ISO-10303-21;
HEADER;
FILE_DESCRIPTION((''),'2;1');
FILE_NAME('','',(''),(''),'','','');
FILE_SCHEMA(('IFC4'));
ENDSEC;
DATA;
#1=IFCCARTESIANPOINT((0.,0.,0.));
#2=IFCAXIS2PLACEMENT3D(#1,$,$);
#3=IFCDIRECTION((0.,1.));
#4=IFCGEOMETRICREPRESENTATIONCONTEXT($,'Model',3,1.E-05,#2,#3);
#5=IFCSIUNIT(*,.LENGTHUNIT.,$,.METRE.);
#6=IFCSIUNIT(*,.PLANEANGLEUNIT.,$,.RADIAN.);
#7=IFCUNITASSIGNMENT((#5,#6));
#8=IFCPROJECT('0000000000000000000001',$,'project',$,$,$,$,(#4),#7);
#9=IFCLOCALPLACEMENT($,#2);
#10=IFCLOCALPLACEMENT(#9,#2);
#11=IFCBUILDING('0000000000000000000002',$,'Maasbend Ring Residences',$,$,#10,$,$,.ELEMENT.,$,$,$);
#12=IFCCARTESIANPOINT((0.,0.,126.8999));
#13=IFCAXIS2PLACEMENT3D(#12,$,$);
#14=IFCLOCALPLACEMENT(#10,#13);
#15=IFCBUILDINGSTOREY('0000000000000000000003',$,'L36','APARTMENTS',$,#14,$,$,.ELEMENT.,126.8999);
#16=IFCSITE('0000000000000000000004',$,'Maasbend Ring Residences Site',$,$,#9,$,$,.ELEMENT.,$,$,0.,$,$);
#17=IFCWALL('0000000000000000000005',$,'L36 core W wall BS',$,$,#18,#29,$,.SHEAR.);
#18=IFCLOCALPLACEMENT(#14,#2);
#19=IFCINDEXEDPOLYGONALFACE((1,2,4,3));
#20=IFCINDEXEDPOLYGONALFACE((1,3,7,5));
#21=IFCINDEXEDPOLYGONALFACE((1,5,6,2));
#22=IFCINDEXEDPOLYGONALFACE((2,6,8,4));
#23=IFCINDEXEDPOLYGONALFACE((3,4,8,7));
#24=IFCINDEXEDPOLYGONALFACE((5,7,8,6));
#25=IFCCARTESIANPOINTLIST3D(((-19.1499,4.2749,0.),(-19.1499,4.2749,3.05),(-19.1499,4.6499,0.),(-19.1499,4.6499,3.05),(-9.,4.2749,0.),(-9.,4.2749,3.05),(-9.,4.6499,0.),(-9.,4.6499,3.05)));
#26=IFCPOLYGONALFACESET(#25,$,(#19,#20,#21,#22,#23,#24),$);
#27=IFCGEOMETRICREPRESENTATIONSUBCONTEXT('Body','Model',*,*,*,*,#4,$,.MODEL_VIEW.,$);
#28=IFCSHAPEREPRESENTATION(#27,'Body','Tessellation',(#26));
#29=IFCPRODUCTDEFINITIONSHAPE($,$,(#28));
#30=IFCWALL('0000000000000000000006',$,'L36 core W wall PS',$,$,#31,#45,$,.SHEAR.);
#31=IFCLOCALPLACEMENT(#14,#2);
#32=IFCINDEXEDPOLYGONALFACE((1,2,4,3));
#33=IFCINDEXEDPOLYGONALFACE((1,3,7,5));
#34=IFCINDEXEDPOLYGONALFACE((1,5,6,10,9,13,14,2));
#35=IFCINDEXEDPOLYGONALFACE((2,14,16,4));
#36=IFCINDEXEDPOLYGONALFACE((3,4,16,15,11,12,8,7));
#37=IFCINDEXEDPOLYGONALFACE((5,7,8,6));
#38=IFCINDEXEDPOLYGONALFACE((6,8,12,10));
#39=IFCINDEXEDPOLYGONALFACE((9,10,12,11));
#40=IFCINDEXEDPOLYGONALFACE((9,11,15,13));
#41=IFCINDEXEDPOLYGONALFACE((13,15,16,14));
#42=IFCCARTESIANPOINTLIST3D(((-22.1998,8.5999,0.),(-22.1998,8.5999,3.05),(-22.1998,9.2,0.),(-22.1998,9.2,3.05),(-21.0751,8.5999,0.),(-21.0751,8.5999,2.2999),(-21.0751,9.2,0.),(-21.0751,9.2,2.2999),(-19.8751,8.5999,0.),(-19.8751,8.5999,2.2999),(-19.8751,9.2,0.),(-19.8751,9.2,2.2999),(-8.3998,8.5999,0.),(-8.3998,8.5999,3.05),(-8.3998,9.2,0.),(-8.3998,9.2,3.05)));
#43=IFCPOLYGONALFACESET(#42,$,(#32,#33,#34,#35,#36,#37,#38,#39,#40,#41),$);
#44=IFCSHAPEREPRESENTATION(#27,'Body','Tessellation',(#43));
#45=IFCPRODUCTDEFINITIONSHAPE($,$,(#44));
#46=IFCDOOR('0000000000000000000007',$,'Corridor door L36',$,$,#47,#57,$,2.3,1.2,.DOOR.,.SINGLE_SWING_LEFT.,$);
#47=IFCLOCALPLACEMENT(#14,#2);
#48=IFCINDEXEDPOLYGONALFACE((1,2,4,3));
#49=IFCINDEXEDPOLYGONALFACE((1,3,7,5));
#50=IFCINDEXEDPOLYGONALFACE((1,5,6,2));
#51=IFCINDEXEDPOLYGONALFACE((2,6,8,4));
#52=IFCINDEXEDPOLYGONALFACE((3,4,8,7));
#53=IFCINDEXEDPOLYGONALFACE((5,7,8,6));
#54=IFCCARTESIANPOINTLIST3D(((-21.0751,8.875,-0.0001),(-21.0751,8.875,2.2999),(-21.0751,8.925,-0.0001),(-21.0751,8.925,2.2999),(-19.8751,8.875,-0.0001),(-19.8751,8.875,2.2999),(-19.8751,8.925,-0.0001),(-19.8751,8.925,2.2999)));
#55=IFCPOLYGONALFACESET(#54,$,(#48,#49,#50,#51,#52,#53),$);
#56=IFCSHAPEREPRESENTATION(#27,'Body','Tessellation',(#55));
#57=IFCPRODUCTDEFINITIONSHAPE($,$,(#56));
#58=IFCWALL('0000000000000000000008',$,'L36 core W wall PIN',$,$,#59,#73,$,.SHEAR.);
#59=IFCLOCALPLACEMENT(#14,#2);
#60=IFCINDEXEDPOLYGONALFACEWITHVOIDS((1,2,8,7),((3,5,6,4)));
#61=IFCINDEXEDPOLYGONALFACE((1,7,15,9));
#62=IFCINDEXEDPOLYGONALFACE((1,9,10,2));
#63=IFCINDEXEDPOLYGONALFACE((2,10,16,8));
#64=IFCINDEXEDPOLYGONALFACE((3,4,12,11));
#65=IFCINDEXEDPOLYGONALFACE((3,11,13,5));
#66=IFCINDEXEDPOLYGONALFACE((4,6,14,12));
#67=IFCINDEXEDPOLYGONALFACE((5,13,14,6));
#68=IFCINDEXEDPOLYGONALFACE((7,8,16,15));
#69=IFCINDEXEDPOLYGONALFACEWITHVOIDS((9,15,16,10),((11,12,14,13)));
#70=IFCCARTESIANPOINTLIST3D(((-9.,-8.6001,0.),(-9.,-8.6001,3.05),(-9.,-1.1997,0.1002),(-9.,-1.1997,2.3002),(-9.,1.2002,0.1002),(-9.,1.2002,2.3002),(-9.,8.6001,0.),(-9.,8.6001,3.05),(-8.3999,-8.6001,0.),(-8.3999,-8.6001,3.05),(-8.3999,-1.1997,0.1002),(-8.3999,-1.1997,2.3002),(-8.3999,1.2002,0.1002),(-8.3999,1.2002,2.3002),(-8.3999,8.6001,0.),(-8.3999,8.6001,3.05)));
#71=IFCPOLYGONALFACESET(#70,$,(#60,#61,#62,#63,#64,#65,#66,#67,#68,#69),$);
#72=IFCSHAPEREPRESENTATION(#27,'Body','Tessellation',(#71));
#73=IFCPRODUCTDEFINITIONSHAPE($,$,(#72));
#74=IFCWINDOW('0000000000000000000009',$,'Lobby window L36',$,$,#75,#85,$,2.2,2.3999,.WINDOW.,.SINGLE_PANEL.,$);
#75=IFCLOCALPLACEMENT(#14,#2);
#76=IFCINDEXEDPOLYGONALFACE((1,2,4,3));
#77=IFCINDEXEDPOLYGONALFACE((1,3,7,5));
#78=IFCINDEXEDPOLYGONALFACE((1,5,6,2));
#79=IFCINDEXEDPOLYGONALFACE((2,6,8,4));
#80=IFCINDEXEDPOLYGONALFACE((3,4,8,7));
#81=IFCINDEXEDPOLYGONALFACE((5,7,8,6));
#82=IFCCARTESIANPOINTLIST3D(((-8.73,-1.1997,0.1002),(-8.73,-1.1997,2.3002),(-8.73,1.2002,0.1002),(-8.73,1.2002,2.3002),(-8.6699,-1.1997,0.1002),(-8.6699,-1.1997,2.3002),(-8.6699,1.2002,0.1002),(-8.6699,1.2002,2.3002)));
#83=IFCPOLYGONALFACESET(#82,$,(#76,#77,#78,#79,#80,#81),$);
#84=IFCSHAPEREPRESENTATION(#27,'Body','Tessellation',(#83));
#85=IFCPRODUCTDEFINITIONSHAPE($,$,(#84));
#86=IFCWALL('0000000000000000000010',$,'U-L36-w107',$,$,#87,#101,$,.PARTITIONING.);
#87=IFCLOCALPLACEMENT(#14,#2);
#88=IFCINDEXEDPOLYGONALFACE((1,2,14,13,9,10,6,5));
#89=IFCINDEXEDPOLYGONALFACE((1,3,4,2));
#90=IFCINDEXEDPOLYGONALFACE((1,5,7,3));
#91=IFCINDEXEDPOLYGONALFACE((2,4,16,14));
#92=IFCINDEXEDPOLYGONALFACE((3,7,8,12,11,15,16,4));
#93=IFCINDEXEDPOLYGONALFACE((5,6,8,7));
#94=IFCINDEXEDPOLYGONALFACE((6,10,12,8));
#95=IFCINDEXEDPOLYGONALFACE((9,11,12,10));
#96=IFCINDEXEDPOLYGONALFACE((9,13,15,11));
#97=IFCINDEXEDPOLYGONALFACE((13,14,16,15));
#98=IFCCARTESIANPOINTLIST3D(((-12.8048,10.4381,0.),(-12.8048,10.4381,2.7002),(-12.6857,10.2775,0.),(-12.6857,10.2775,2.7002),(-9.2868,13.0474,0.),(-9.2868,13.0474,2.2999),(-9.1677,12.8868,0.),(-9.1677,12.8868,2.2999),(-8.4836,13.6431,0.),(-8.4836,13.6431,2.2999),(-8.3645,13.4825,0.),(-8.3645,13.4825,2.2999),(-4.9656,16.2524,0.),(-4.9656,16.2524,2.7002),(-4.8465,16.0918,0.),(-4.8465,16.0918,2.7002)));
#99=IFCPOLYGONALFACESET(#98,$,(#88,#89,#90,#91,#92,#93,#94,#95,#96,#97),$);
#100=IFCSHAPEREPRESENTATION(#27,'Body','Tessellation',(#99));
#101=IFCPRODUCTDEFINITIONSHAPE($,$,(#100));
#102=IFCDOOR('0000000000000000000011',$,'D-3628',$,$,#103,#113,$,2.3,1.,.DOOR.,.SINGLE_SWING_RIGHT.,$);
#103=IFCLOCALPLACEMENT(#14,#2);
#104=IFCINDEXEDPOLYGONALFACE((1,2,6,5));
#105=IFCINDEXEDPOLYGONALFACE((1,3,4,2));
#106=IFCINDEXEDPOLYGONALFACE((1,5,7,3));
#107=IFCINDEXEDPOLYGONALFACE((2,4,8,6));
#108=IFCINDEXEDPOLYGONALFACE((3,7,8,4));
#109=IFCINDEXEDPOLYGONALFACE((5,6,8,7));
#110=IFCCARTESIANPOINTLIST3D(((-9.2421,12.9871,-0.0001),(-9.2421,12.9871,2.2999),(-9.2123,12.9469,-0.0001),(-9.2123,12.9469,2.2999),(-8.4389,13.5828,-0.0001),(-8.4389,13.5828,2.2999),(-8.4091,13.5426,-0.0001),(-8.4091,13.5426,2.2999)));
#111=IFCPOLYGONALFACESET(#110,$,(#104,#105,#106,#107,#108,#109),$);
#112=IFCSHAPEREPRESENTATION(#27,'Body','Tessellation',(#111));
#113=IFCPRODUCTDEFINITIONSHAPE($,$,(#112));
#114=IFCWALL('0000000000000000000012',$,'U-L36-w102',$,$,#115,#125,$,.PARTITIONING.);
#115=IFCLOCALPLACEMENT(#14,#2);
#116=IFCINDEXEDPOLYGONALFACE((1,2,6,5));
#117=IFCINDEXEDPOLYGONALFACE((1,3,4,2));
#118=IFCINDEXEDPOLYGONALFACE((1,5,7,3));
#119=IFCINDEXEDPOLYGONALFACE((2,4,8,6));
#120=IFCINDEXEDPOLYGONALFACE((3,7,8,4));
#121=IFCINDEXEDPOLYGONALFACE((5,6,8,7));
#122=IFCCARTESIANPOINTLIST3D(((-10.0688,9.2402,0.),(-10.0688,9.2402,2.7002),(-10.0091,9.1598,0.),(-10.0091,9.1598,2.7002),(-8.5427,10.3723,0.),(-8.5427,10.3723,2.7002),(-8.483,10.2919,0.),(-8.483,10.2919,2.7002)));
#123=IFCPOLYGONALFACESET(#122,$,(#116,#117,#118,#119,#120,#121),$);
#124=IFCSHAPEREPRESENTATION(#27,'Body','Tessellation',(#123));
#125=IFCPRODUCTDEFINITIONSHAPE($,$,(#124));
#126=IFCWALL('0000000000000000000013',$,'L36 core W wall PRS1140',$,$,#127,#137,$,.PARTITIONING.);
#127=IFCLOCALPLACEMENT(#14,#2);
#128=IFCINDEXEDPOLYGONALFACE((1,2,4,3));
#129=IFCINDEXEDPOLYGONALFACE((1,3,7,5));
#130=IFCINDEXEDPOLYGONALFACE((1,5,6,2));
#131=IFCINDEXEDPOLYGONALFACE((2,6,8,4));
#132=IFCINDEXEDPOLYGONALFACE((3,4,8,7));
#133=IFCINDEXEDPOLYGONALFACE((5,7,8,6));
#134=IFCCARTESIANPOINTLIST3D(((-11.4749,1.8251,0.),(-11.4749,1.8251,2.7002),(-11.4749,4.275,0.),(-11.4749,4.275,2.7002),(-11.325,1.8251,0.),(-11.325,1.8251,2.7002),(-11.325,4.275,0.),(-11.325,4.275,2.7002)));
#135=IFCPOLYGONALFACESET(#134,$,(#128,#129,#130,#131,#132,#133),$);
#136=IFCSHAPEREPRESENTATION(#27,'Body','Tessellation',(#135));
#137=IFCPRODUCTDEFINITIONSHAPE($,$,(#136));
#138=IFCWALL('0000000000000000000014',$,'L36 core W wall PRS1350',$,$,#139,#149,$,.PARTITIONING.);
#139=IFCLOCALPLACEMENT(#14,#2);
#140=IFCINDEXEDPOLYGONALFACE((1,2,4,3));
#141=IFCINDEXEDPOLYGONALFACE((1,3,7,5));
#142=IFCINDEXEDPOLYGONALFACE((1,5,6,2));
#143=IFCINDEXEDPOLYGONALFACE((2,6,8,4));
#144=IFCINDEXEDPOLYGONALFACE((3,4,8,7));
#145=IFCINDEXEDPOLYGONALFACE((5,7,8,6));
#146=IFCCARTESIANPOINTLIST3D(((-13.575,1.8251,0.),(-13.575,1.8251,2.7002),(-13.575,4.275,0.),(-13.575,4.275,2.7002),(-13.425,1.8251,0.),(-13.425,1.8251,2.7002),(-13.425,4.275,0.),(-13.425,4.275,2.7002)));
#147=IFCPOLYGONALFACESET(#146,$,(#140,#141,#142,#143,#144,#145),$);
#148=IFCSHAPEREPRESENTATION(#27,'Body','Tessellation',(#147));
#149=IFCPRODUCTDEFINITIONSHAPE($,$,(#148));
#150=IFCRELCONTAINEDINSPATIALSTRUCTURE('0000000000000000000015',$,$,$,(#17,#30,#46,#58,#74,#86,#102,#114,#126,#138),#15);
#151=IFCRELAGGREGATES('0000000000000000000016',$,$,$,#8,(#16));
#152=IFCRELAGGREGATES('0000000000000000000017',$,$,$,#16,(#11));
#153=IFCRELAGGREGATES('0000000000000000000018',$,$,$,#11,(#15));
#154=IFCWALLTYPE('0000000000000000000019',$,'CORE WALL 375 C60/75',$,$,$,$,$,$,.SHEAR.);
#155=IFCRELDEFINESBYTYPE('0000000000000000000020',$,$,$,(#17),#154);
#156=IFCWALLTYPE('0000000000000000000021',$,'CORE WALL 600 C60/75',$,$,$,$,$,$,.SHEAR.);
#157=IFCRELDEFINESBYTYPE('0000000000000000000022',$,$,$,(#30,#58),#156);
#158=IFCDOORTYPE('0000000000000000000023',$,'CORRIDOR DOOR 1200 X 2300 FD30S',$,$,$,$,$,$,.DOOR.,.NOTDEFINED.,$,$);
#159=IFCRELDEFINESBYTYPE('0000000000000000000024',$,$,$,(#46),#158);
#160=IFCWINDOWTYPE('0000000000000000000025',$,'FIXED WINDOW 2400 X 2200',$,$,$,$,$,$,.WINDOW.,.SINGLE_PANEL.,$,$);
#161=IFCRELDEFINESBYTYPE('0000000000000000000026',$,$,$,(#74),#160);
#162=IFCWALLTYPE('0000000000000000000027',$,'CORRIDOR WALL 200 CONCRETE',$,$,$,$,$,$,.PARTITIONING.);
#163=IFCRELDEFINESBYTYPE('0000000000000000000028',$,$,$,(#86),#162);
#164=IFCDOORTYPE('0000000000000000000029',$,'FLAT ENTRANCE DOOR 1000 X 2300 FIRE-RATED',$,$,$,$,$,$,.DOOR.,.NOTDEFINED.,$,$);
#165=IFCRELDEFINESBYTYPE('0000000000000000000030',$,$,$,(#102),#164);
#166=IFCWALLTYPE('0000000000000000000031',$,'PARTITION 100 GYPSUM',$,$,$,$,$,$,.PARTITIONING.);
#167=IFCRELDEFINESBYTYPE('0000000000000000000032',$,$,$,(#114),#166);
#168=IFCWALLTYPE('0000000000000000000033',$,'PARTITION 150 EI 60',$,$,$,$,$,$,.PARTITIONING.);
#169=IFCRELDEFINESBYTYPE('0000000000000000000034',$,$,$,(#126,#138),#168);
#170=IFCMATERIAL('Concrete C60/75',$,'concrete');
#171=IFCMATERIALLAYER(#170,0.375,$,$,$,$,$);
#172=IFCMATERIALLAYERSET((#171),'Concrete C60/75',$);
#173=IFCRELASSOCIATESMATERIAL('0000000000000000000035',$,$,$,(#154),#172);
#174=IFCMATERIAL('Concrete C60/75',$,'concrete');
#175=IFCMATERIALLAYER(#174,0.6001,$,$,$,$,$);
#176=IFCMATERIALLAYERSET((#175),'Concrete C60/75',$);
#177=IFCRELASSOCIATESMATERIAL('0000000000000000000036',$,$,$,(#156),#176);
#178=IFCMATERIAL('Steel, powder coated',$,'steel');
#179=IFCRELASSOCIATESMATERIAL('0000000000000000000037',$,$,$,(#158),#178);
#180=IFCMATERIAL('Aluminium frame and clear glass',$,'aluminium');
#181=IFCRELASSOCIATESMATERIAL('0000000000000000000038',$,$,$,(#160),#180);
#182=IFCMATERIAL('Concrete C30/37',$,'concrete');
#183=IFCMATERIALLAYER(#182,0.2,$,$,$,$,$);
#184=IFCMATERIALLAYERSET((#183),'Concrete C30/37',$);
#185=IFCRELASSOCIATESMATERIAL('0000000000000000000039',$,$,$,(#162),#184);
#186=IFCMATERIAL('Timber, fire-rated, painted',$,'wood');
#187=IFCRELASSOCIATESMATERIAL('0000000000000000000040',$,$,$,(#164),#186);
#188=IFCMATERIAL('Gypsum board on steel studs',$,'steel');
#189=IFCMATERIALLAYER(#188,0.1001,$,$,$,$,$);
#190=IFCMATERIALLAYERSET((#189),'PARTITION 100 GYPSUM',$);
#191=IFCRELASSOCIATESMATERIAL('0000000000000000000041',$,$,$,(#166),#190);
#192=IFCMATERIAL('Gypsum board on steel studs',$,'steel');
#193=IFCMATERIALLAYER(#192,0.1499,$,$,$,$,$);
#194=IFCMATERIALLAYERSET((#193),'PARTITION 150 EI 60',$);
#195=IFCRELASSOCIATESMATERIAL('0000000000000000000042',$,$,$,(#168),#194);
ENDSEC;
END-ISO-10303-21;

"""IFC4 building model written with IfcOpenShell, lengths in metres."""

from ifc_helpers import new_model, si_unit, direction, frame, frame_2d, origin, place, context, subcontext, project, spatial, rectangle, extrude, material, layer, layer_set, type_object, element, fill, save


model = new_model("IFC4")

# Units and contexts
model_context = context("Model", 3, precision=1e-05, world=origin(), true_north=direction((0.0, 1.0)))
body_context = subcontext(model_context, "Body", "Model", "MODEL_VIEW")
ifc_project = project(units=[si_unit("LENGTHUNIT", "METRE"), si_unit("PLANEANGLEUNIT", "RADIAN")], contexts=[model_context])

# Site, building, storey
site_placement = place(None, origin())
site = spatial("IfcSite", under=ifc_project, at=site_placement, Name="Maasbend Ring Residences Site", CompositionType="ELEMENT", RefElevation=0.0)
building_placement = place(site_placement, origin())
building = spatial("IfcBuilding", under=site, at=building_placement, Name="Maasbend Ring Residences", CompositionType="ELEMENT")
storey_placement = place(building_placement, frame((0.0, 0.0, 126.8999)))
storey = spatial("IfcBuildingStorey", under=building, at=storey_placement, Name="L36", Description="APARTMENTS", CompositionType="ELEMENT", Elevation=126.8999)

# Wall
ifc_material_1 = material(Name="Concrete C60/75", Category="concrete")
ifc_layer_1 = layer(ifc_material_1, 0.375)
ifc_layer_set_1 = layer_set([ifc_layer_1], Name="Concrete C60/75")
wall_type_1 = type_object("IfcWallType", Name="CORE WALL 375 C60/75", PredefinedType="SHEAR", material=ifc_layer_set_1)
wall_1_placement = place(storey_placement, frame((-9.0, 4.4624, 0.0), z_axis=(0.0, 0.0, 1.0), x_axis=(-1.0, 0.0, 0.0)))
element("IfcWall", 1, at=wall_1_placement, inside=storey, type_object=wall_type_1, Name="L36 core W wall BS", PredefinedType="SHEAR", context=body_context, shape_type="SweptSolid", body=[
    extrude(rectangle(XDim=10.1499, YDim=0.375, at=frame_2d((5.075, 0.0))), origin(), (0.0, 0.0, 1.0), 3.05),
])

# Wall, opening, door
ifc_material_2 = material(Name="Concrete C60/75", Category="concrete")
ifc_layer_2 = layer(ifc_material_2, 0.6001)
ifc_layer_set_2 = layer_set([ifc_layer_2], Name="Concrete C60/75")
wall_type_2 = type_object("IfcWallType", Name="CORE WALL 600 C60/75", PredefinedType="SHEAR", material=ifc_layer_set_2)
wall_2_placement = place(storey_placement, frame((-8.3999, 8.8999, 0.0), z_axis=(0.0, 0.0, 1.0), x_axis=(-1.0, 0.0, 0.0)))
wall_2 = element("IfcWall", 2, at=wall_2_placement, inside=storey, type_object=wall_type_2, Name="L36 core W wall PS", PredefinedType="SHEAR", context=body_context, shape_type="SweptSolid", body=[
    extrude(rectangle(XDim=13.8, YDim=0.6001, at=frame_2d((6.8999, 0.0))), origin(), (0.0, 0.0, 1.0), 3.05),
])
opening_1_placement = place(wall_2_placement, frame((11.4751, 0.0, 0.0)))
opening_1 = element("IfcOpeningElement", 3, at=opening_1_placement, cuts=wall_2, PredefinedType="OPENING", context=body_context, shape_type="SweptSolid", body=[
    extrude(rectangle(XDim=1.2, YDim=2.3, at=frame_2d((0.6001, 1.1499))), frame((0.0, 0.3101, 0.0), z_axis=(0.0, -1.0, 0.0), x_axis=(1.0, 0.0, 0.0)), (0.0, 0.0, 1.0), 0.6201),
])
ifc_material_3 = material(Name="Steel, powder coated", Category="steel")
door_type_1 = type_object("IfcDoorType", Name="CORRIDOR DOOR 1200 X 2300 FD30S", OperationType="NOTDEFINED", PredefinedType="DOOR", material=ifc_material_3)
door_1_placement = place(opening_1_placement, origin())
door_1 = element("IfcDoor", 4, at=door_1_placement, inside=storey, type_object=door_type_1, Name="Corridor door L36", OperationType="SINGLE_SWING_LEFT", OverallHeight=2.3, OverallWidth=1.2, PredefinedType="DOOR", context=body_context, shape_type="SweptSolid", body=[
    extrude(rectangle(XDim=1.2, YDim=2.3, at=frame_2d((0.6001, 1.1499))), frame((0.0, 0.0249, 0.0), z_axis=(0.0, -1.0, 0.0), x_axis=(1.0, 0.0, 0.0)), (0.0, 0.0, 1.0), 0.05),
])
fill(opening_1, door_1)

# Wall, opening, window
wall_3_placement = place(storey_placement, frame((-8.7, 8.6001, 0.0), z_axis=(0.0, 0.0, 1.0), x_axis=(0.0, -1.0, 0.0)))
wall_3 = element("IfcWall", 5, at=wall_3_placement, inside=storey, type_object=wall_type_2, Name="L36 core W wall PIN", PredefinedType="SHEAR", context=body_context, shape_type="SweptSolid", body=[
    extrude(rectangle(XDim=17.2002, YDim=0.6001, at=frame_2d((8.6001, 0.0))), origin(), (0.0, 0.0, 1.0), 3.05),
])
opening_2_placement = place(wall_3_placement, frame((7.3999, 0.0, 0.1001)))
opening_2 = element("IfcOpeningElement", 6, at=opening_2_placement, cuts=wall_3, PredefinedType="OPENING", context=body_context, shape_type="SweptSolid", body=[
    extrude(rectangle(XDim=2.3999, YDim=2.2, at=frame_2d((1.2, 1.1001))), frame((0.0, 0.3101, 0.0), z_axis=(0.0, -1.0, 0.0), x_axis=(1.0, 0.0, 0.0)), (0.0, 0.0, 1.0), 0.6201),
])
ifc_material_4 = material(Name="Aluminium frame and clear glass", Category="aluminium")
window_type = type_object("IfcWindowType", Name="FIXED WINDOW 2400 X 2200", PartitioningType="SINGLE_PANEL", PredefinedType="WINDOW", material=ifc_material_4)
window_placement = place(opening_2_placement, origin())
window = element("IfcWindow", 7, at=window_placement, inside=storey, type_object=window_type, Name="Lobby window L36", OverallHeight=2.2, OverallWidth=2.3999, PartitioningType="SINGLE_PANEL", PredefinedType="WINDOW", context=body_context, shape_type="SweptSolid", body=[
    extrude(rectangle(XDim=2.3999, YDim=2.2, at=frame_2d((1.2, 1.1001))), frame((0.0, 0.03, 0.0), z_axis=(0.0, -1.0, 0.0), x_axis=(1.0, 0.0, 0.0)), (0.0, 0.0, 1.0), 0.0601),
])
fill(opening_2, window)

# Wall, opening, door
ifc_material_5 = material(Name="Concrete C30/37", Category="concrete")
ifc_layer_3 = layer(ifc_material_5, 0.2)
ifc_layer_set_3 = layer_set([ifc_layer_3], Name="Concrete C30/37")
wall_type_3 = type_object("IfcWallType", Name="CORRIDOR WALL 200 CONCRETE", PredefinedType="PARTITIONING", material=ifc_layer_set_3)
wall_4_placement = place(storey_placement, frame((-12.7451, 10.3579, 0.0), z_axis=(0.0, 0.0, 1.0), x_axis=(0.803191, 0.595721, 0.0)))
wall_4 = element("IfcWall", 8, at=wall_4_placement, inside=storey, type_object=wall_type_3, Name="U-L36-w107", PredefinedType="PARTITIONING", context=body_context, shape_type="SweptSolid", body=[
    extrude(rectangle(XDim=9.76, YDim=0.2, at=frame_2d((4.8799, 0.0))), origin(), (0.0, 0.0, 1.0), 2.7002),
])
opening_3_placement = place(wall_4_placement, frame((4.3799, 0.0, 0.0)))
opening_3 = element("IfcOpeningElement", 9, at=opening_3_placement, cuts=wall_4, PredefinedType="OPENING", context=body_context, shape_type="SweptSolid", body=[
    extrude(rectangle(XDim=1.0, YDim=2.3, at=frame_2d((0.5, 1.1499))), frame((0.0, 0.1099, 0.0), z_axis=(0.0, -1.0, 0.0), x_axis=(1.0, 0.0, 0.0)), (0.0, 0.0, 1.0), 0.22),
])
ifc_material_6 = material(Name="Timber, fire-rated, painted", Category="wood")
door_type_2 = type_object("IfcDoorType", Name="FLAT ENTRANCE DOOR 1000 X 2300 FIRE-RATED", OperationType="NOTDEFINED", PredefinedType="DOOR", material=ifc_material_6)
door_2_placement = place(opening_3_placement, origin())
door_2 = element("IfcDoor", 10, at=door_2_placement, inside=storey, type_object=door_type_2, Name="D-3628", OperationType="SINGLE_SWING_RIGHT", OverallHeight=2.3, OverallWidth=1.0, PredefinedType="DOOR", context=body_context, shape_type="SweptSolid", body=[
    extrude(rectangle(XDim=1.0, YDim=2.3, at=frame_2d((0.5, 1.1499))), frame((0.0, 0.0249, 0.0), z_axis=(0.0, -1.0, 0.0), x_axis=(1.0, 0.0, 0.0)), (0.0, 0.0, 1.0), 0.05),
])
fill(opening_3, door_2)

# Walls
ifc_material_7 = material(Name="Gypsum board on steel studs", Category="steel")
ifc_layer_4 = layer(ifc_material_7, 0.1001)
ifc_layer_set_4 = layer_set([ifc_layer_4], Name="PARTITION 100 GYPSUM")
wall_type_4 = type_object("IfcWallType", Name="PARTITION 100 GYPSUM", PredefinedType="PARTITIONING", material=ifc_layer_set_4)
wall_5_placement = place(storey_placement, frame((-10.0391, 9.2, 0.0), z_axis=(0.0, 0.0, 1.0), x_axis=(0.80315, 0.595777, 0.0)))
element("IfcWall", 11, at=wall_5_placement, inside=storey, type_object=wall_type_4, Name="U-L36-w102", PredefinedType="PARTITIONING", context=body_context, shape_type="SweptSolid", body=[
    extrude(rectangle(XDim=1.9001, YDim=0.1001, at=frame_2d((0.9502, 0.0))), origin(), (0.0, 0.0, 1.0), 2.7002),
])
ifc_material_8 = material(Name="Gypsum board on steel studs", Category="steel")
ifc_layer_5 = layer(ifc_material_8, 0.1499)
ifc_layer_set_5 = layer_set([ifc_layer_5], Name="PARTITION 150 EI 60")
wall_type_5 = type_object("IfcWallType", Name="PARTITION 150 EI 60", PredefinedType="PARTITIONING", material=ifc_layer_set_5)
for number, where, z_axis, x_axis, name in (
    (12, (-11.3999, 1.825, 0.0), (0.0, 0.0, 1.0), (0.0, 1.0, 0.0), "L36 core W wall PRS1140"),
    (13, (-13.5, 1.825, 0.0), (0.0, 0.0, 1.0), (0.0, 1.0, 0.0), "L36 core W wall PRS1350"),
):
    element("IfcWall", number, at=place(storey_placement, frame(where, z_axis=z_axis, x_axis=x_axis)), inside=storey, type_object=wall_type_5, Name=name, PredefinedType="PARTITIONING", context=body_context, shape_type="SweptSolid", body=[
        extrude(rectangle(XDim=2.45, YDim=0.1499, at=frame_2d((1.2251, 0.0))), origin(), (0.0, 0.0, 1.0), 2.7002),
    ])

save(model, "model.ifc")
